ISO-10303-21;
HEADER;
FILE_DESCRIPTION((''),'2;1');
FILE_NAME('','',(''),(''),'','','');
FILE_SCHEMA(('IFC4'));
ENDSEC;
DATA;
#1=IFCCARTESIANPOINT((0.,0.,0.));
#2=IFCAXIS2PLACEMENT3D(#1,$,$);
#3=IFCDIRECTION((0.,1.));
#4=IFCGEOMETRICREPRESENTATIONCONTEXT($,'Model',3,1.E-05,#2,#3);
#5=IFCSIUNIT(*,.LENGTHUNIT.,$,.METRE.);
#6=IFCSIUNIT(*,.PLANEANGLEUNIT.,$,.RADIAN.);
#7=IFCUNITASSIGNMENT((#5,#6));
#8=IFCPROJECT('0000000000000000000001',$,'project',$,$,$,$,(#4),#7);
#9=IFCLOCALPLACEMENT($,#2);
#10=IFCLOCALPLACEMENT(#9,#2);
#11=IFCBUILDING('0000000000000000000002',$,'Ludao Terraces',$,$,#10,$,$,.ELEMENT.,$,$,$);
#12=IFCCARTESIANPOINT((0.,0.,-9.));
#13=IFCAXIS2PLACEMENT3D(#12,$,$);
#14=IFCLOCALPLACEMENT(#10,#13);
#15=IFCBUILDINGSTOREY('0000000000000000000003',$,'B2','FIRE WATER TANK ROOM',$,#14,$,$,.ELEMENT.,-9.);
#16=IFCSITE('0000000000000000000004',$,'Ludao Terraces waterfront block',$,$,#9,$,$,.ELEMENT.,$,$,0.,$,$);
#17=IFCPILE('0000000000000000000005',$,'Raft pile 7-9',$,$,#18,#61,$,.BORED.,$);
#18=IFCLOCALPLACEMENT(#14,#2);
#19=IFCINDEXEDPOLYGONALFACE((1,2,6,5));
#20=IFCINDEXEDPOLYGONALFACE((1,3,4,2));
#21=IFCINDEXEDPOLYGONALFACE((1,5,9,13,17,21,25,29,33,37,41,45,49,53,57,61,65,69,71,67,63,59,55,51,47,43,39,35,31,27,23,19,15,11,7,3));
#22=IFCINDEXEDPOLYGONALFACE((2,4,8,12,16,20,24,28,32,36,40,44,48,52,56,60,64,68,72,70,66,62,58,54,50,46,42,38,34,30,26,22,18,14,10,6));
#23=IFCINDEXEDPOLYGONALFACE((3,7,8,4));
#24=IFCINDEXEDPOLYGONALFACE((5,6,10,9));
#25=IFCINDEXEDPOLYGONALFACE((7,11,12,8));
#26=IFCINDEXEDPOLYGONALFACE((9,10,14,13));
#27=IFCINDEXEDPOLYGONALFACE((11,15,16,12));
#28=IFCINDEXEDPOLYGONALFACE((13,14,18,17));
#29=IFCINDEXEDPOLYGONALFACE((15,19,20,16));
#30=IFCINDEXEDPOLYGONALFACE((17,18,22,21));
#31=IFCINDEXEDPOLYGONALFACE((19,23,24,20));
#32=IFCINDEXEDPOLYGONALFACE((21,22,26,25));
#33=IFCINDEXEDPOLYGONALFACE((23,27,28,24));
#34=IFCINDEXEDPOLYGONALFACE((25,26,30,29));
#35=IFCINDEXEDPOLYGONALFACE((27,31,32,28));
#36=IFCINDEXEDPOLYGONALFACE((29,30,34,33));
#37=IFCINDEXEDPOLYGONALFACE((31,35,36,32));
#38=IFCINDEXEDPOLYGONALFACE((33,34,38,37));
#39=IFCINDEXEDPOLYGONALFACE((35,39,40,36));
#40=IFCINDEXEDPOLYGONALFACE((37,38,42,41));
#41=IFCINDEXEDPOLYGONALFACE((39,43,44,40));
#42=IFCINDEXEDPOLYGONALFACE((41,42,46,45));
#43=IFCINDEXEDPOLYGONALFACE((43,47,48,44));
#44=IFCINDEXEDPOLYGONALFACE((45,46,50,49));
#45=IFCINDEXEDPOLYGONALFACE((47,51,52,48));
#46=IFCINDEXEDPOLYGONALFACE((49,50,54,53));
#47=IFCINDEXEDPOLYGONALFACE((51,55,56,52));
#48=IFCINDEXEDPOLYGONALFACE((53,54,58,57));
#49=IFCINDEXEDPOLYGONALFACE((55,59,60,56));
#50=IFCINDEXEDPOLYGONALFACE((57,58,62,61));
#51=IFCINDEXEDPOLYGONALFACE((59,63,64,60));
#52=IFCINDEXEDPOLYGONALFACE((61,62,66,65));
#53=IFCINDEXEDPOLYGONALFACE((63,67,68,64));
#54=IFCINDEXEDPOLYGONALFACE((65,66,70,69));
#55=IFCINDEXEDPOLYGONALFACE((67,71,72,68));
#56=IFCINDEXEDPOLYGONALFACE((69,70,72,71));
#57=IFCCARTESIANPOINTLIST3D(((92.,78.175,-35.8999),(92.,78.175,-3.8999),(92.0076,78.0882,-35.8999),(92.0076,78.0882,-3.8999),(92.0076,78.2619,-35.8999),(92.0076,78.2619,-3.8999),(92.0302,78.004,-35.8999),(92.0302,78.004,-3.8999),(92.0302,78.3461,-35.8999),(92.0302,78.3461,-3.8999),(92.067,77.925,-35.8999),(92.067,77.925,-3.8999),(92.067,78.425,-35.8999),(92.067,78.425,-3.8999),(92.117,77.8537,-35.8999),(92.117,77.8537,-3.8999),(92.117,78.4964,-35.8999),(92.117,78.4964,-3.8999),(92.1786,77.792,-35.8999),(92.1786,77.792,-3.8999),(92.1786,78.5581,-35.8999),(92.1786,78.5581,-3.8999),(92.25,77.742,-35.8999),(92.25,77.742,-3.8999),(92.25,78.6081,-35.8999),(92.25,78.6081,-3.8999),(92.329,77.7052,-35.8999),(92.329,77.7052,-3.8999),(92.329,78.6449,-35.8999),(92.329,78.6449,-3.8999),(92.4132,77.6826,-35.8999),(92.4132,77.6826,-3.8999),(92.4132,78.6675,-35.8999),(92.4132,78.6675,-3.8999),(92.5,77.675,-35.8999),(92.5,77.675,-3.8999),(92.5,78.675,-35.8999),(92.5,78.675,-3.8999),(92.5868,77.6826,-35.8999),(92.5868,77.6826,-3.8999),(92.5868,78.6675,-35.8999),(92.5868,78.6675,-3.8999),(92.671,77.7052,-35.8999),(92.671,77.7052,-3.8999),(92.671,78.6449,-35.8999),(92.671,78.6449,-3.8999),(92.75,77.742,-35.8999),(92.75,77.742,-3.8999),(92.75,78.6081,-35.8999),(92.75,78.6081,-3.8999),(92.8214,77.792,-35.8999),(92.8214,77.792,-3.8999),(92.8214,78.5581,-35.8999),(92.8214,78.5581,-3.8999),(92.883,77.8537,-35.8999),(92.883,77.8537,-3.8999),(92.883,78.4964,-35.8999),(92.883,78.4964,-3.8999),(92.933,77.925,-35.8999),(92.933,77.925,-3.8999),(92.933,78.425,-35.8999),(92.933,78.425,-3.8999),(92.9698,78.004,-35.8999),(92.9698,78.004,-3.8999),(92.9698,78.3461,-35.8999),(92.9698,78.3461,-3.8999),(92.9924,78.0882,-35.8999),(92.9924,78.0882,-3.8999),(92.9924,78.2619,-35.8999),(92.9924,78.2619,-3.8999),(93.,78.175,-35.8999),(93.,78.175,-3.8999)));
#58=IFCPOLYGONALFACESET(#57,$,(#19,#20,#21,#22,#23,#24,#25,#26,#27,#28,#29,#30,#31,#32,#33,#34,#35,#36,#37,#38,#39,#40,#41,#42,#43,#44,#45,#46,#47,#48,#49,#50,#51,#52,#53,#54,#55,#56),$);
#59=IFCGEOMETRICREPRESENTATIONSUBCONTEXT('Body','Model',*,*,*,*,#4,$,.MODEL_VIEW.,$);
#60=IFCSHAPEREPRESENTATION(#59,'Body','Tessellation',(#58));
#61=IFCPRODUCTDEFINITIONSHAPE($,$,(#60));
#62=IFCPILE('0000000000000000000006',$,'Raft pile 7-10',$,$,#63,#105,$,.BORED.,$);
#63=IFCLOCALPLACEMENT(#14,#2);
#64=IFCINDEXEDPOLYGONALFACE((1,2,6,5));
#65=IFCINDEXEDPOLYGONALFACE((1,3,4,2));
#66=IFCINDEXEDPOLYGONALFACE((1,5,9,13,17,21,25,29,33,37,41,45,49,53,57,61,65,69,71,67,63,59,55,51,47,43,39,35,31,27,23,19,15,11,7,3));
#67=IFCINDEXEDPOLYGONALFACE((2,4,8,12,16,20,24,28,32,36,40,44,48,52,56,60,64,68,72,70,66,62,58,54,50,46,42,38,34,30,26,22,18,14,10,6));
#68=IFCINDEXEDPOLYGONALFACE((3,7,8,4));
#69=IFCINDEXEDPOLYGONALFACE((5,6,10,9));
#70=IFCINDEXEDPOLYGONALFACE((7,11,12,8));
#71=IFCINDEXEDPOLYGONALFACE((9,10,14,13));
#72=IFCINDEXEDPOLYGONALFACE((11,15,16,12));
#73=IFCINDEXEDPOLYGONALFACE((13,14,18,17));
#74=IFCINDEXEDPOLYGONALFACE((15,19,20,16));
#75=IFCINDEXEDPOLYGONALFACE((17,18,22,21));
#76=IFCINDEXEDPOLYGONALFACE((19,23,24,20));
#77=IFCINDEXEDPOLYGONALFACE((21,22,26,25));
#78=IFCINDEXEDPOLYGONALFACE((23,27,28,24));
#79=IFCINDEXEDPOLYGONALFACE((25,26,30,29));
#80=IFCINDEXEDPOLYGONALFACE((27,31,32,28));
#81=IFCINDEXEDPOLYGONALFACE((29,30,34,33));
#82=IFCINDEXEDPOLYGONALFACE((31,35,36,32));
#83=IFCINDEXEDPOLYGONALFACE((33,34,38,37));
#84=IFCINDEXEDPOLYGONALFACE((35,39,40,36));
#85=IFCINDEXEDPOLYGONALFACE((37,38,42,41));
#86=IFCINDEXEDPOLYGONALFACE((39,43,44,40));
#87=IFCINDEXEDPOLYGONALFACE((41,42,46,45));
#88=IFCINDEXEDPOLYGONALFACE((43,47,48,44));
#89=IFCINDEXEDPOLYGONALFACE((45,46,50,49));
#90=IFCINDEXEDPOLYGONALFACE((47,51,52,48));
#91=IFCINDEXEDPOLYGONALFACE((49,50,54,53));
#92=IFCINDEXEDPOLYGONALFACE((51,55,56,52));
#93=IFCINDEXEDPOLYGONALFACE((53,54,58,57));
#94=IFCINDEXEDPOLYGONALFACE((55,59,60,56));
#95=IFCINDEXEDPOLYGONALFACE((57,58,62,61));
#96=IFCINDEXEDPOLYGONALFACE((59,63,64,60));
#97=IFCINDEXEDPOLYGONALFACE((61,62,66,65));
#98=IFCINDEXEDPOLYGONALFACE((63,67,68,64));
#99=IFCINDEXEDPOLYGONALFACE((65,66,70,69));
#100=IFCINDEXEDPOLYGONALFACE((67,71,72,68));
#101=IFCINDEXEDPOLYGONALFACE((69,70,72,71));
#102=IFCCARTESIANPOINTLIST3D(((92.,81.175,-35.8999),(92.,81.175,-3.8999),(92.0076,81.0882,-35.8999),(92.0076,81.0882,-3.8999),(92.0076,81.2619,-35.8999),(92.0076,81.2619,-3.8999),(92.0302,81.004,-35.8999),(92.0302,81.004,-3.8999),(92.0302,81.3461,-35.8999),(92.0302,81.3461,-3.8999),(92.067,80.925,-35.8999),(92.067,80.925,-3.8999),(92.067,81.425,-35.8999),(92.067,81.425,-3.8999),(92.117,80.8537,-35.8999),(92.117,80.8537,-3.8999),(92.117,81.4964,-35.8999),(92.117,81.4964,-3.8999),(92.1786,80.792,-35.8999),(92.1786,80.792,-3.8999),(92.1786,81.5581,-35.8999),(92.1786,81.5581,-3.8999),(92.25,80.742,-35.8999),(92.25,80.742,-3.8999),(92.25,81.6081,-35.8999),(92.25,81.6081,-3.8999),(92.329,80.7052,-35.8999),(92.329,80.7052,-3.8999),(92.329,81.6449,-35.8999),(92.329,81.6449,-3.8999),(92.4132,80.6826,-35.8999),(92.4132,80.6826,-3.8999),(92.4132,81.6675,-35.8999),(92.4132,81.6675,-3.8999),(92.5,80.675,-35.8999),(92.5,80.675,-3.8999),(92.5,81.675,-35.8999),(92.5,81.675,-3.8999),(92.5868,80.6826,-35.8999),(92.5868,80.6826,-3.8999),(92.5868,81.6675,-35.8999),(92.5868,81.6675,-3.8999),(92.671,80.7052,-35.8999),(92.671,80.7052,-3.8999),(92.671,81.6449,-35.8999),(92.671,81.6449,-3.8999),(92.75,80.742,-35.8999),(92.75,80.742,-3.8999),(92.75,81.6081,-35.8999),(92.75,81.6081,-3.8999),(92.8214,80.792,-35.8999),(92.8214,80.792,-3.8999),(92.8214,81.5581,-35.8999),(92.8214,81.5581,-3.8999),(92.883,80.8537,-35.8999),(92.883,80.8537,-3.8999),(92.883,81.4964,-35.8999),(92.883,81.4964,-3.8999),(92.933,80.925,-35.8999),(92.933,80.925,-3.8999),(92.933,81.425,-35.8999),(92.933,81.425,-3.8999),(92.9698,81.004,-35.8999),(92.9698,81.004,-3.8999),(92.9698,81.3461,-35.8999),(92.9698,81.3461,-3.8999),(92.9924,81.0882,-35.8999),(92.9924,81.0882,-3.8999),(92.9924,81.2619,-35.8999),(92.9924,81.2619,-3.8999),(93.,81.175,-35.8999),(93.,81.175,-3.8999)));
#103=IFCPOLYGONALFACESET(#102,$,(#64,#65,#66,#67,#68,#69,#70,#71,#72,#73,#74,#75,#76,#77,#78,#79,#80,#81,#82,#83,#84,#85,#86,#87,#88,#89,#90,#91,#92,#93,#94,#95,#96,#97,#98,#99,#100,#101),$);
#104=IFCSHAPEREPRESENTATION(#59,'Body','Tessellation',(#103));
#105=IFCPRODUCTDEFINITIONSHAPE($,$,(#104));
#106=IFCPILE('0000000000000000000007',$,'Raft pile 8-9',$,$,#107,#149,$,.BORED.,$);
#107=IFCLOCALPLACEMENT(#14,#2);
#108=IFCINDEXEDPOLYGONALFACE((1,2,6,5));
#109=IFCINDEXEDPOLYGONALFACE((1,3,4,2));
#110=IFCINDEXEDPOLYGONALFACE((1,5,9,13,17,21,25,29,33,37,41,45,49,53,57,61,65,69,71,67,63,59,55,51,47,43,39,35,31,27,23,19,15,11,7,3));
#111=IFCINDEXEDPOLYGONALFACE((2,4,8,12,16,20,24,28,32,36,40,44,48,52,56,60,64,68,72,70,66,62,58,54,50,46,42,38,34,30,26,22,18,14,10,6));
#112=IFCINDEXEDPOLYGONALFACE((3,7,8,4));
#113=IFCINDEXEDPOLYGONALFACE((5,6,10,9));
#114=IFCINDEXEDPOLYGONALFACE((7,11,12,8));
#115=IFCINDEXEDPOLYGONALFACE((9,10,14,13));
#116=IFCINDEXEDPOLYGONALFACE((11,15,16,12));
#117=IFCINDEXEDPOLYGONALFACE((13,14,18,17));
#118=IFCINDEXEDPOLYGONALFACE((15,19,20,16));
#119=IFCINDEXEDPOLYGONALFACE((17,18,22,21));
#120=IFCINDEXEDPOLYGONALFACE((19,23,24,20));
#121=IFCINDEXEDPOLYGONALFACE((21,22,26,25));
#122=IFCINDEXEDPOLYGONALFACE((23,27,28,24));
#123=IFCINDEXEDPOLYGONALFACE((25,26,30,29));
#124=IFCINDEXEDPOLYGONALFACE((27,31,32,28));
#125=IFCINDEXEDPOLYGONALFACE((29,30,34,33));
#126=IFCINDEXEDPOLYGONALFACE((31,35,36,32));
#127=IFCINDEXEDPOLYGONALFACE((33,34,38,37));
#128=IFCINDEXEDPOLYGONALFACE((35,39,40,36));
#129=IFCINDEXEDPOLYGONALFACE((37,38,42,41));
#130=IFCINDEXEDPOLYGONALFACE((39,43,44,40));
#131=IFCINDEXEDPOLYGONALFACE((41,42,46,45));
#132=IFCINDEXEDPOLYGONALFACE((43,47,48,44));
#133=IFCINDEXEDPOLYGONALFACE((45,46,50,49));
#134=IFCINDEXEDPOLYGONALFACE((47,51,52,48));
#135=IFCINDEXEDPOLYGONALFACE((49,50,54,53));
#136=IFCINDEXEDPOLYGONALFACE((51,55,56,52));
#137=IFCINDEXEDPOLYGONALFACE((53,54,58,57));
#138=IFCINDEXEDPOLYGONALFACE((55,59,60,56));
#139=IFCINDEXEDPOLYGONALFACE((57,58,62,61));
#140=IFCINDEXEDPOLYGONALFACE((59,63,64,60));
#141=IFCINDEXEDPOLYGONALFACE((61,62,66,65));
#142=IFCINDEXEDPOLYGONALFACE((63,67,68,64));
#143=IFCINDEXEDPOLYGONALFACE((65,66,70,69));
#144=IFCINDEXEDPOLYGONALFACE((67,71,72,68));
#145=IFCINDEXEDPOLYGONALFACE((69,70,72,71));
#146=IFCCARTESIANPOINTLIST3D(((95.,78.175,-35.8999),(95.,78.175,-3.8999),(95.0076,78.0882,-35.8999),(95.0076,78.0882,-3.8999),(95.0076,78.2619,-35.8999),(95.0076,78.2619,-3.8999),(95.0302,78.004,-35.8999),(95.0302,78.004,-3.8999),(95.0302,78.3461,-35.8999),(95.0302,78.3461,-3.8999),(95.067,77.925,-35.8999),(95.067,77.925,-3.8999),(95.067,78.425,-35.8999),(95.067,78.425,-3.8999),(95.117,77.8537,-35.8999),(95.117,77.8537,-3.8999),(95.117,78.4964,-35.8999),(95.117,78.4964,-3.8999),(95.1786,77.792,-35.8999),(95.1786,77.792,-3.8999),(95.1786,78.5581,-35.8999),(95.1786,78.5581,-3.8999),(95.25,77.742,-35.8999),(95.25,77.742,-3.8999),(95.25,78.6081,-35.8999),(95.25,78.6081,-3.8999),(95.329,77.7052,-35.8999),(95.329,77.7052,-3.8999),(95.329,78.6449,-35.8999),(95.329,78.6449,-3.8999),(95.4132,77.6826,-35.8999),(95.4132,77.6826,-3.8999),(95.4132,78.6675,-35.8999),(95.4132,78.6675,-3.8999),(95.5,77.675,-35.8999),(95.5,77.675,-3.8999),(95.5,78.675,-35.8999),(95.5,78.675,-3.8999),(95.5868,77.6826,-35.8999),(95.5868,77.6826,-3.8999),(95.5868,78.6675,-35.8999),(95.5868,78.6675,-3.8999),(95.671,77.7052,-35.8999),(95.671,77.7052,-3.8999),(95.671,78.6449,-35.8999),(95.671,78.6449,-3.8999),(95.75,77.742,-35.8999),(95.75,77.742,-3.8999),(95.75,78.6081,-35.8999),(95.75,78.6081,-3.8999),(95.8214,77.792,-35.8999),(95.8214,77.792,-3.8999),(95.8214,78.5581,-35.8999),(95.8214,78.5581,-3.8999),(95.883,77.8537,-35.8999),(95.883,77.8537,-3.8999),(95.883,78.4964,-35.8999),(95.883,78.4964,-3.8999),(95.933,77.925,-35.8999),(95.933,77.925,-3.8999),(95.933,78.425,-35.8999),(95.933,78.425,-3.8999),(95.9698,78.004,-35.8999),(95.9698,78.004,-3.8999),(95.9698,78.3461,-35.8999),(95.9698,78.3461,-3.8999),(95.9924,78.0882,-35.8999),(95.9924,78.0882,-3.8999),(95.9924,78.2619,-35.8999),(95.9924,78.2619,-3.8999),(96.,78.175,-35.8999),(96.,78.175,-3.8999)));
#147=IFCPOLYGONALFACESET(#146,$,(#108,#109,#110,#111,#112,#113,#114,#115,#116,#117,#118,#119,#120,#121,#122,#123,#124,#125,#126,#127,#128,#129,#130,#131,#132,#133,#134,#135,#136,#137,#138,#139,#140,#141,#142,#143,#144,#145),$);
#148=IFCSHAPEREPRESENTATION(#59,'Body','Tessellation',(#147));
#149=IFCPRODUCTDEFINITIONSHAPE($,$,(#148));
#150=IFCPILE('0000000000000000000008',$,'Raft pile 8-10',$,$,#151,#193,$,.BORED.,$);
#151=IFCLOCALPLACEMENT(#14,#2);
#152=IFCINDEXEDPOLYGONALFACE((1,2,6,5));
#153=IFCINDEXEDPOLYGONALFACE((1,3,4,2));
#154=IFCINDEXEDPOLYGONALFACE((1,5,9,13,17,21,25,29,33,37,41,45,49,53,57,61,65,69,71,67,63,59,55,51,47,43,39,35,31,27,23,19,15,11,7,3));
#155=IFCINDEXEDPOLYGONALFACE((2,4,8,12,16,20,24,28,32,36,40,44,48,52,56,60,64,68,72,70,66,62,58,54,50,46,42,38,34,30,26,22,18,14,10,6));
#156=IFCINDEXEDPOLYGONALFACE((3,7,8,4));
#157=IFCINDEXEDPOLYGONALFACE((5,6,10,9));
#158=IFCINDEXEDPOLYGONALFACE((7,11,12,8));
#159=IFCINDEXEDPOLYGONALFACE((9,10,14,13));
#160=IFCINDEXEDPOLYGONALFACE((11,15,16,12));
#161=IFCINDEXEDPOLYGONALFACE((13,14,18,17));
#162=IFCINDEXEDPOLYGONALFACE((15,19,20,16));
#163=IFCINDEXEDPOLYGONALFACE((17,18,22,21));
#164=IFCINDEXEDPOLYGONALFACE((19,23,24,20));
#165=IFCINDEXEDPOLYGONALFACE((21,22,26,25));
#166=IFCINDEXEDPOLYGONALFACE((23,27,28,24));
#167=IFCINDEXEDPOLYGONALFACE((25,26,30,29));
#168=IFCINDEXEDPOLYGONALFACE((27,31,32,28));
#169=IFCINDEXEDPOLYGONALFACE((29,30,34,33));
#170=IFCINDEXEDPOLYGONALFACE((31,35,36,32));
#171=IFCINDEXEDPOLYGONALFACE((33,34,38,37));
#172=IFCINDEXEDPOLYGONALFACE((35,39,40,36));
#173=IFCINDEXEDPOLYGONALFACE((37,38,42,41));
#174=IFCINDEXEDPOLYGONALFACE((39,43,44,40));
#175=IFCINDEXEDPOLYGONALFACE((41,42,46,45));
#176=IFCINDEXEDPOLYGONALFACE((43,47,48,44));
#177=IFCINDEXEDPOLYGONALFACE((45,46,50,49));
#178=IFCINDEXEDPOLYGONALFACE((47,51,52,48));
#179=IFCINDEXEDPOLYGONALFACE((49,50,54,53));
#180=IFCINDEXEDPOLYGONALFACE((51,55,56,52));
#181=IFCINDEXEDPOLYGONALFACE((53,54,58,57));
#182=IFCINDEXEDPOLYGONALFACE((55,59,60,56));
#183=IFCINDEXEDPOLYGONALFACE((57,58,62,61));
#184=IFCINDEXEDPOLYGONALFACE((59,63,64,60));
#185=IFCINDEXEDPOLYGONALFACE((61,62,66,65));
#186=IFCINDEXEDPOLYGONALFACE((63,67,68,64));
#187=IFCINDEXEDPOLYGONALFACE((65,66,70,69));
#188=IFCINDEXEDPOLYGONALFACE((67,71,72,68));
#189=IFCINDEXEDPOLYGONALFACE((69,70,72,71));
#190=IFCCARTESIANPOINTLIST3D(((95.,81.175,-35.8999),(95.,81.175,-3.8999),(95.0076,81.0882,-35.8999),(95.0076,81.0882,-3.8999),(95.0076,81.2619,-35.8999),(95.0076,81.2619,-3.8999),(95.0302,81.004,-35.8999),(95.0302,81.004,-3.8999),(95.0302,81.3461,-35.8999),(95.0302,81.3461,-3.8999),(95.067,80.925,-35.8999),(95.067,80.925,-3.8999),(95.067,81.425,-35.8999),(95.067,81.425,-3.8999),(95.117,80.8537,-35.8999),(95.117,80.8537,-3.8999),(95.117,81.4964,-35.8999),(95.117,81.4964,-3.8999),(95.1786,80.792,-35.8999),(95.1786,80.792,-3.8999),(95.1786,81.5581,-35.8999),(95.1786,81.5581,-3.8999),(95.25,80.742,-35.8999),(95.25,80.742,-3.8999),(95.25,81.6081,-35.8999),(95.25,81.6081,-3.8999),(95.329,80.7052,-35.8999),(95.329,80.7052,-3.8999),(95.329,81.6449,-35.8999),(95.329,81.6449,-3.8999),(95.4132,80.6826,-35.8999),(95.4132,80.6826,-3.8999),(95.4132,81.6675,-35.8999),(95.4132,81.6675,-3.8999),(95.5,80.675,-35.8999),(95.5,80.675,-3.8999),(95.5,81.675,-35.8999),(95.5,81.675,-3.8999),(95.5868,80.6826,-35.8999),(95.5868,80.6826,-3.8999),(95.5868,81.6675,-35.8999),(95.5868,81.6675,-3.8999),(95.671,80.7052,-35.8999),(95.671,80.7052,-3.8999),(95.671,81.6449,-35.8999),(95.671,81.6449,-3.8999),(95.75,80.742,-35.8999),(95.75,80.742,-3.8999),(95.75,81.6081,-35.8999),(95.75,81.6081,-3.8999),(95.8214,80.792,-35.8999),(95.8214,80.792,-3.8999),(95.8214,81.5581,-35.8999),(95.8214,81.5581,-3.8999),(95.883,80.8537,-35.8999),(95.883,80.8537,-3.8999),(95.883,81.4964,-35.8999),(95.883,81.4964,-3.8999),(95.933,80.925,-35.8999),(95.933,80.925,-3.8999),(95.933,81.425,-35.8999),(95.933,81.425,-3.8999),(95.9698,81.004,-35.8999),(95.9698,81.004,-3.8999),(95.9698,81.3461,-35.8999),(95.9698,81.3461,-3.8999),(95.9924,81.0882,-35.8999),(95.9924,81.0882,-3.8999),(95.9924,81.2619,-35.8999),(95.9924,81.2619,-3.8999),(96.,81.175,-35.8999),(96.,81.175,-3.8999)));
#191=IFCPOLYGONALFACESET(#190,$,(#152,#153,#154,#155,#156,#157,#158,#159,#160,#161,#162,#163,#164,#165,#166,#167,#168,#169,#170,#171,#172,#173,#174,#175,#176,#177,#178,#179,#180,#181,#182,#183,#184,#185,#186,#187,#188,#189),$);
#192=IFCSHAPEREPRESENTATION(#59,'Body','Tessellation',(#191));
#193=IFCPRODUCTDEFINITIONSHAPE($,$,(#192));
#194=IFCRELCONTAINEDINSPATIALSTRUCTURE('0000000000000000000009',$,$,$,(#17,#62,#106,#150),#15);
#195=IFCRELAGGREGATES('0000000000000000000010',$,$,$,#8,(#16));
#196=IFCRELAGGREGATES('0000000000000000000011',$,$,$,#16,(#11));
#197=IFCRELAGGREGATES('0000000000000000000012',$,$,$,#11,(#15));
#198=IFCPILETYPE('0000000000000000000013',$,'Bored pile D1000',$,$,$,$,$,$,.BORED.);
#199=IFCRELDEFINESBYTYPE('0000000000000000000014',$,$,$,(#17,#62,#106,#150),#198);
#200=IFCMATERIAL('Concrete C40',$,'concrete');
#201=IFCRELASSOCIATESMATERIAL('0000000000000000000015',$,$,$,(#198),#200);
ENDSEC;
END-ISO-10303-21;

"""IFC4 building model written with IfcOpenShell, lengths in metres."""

from ifc_helpers import new_model, si_unit, direction, frame, origin, origin_2d, place, context, subcontext, project, spatial, circle, extrude, material, material_profile, profile_set, type_object, element, save


model = new_model("IFC4")

# Units and contexts
model_context = context("Model", 3, precision=1e-05, world=origin(), true_north=direction((0.0, 1.0)))
body_context = subcontext(model_context, "Body", "Model", "MODEL_VIEW")
ifc_project = project(units=[si_unit("LENGTHUNIT", "METRE"), si_unit("PLANEANGLEUNIT", "RADIAN")], contexts=[model_context])

# Site, building, storey
site_placement = place(None, origin())
site = spatial("IfcSite", under=ifc_project, at=site_placement, Name="Ludao Terraces waterfront block", CompositionType="ELEMENT", RefElevation=0.0)
building_placement = place(site_placement, origin())
building = spatial("IfcBuilding", under=site, at=building_placement, Name="Ludao Terraces", CompositionType="ELEMENT")
storey_placement = place(building_placement, frame((0.0, 0.0, -9.0)))
storey = spatial("IfcBuildingStorey", under=building, at=storey_placement, Name="B2", Description="FIRE WATER TANK ROOM", CompositionType="ELEMENT", Elevation=-9.0)

# Piles
ifc_material_1 = material(Name="Concrete C40", Category="concrete")
ifc_material_profile = material_profile(ifc_material_1, circle(Radius=0.5, at=origin_2d()), Name="D1000 BORED PILE")
ifc_profile_set = profile_set([ifc_material_profile], Name="Concrete C40")
pile_type = type_object("IfcPileType", Name="Bored pile D1000", PredefinedType="BORED", material=ifc_profile_set)
for number, where, z_axis, x_axis, name in (
    (1, (92.5, 78.175, -3.8999), (0.0, 0.0, -1.0), (1.0, 0.0, 0.0), "Raft pile 7-9"),
    (2, (92.5, 81.175, -3.8999), (0.0, 0.0, -1.0), (1.0, 0.0, 0.0), "Raft pile 7-10"),
    (3, (95.5, 78.175, -3.8999), (0.0, 0.0, -1.0), (1.0, 0.0, 0.0), "Raft pile 8-9"),
    (4, (95.5, 81.175, -3.8999), (0.0, 0.0, -1.0), (1.0, 0.0, 0.0), "Raft pile 8-10"),
):
    element("IfcPile", number, at=place(storey_placement, frame(where, z_axis=z_axis, x_axis=x_axis)), inside=storey, type_object=pile_type, Name=name, PredefinedType="BORED", context=body_context, shape_type="SweptSolid", body=[
        extrude(circle(Radius=0.5, at=origin_2d()), origin(), (0.0, 0.0, 1.0), 32.0),
    ])

save(model, "model.ifc")
